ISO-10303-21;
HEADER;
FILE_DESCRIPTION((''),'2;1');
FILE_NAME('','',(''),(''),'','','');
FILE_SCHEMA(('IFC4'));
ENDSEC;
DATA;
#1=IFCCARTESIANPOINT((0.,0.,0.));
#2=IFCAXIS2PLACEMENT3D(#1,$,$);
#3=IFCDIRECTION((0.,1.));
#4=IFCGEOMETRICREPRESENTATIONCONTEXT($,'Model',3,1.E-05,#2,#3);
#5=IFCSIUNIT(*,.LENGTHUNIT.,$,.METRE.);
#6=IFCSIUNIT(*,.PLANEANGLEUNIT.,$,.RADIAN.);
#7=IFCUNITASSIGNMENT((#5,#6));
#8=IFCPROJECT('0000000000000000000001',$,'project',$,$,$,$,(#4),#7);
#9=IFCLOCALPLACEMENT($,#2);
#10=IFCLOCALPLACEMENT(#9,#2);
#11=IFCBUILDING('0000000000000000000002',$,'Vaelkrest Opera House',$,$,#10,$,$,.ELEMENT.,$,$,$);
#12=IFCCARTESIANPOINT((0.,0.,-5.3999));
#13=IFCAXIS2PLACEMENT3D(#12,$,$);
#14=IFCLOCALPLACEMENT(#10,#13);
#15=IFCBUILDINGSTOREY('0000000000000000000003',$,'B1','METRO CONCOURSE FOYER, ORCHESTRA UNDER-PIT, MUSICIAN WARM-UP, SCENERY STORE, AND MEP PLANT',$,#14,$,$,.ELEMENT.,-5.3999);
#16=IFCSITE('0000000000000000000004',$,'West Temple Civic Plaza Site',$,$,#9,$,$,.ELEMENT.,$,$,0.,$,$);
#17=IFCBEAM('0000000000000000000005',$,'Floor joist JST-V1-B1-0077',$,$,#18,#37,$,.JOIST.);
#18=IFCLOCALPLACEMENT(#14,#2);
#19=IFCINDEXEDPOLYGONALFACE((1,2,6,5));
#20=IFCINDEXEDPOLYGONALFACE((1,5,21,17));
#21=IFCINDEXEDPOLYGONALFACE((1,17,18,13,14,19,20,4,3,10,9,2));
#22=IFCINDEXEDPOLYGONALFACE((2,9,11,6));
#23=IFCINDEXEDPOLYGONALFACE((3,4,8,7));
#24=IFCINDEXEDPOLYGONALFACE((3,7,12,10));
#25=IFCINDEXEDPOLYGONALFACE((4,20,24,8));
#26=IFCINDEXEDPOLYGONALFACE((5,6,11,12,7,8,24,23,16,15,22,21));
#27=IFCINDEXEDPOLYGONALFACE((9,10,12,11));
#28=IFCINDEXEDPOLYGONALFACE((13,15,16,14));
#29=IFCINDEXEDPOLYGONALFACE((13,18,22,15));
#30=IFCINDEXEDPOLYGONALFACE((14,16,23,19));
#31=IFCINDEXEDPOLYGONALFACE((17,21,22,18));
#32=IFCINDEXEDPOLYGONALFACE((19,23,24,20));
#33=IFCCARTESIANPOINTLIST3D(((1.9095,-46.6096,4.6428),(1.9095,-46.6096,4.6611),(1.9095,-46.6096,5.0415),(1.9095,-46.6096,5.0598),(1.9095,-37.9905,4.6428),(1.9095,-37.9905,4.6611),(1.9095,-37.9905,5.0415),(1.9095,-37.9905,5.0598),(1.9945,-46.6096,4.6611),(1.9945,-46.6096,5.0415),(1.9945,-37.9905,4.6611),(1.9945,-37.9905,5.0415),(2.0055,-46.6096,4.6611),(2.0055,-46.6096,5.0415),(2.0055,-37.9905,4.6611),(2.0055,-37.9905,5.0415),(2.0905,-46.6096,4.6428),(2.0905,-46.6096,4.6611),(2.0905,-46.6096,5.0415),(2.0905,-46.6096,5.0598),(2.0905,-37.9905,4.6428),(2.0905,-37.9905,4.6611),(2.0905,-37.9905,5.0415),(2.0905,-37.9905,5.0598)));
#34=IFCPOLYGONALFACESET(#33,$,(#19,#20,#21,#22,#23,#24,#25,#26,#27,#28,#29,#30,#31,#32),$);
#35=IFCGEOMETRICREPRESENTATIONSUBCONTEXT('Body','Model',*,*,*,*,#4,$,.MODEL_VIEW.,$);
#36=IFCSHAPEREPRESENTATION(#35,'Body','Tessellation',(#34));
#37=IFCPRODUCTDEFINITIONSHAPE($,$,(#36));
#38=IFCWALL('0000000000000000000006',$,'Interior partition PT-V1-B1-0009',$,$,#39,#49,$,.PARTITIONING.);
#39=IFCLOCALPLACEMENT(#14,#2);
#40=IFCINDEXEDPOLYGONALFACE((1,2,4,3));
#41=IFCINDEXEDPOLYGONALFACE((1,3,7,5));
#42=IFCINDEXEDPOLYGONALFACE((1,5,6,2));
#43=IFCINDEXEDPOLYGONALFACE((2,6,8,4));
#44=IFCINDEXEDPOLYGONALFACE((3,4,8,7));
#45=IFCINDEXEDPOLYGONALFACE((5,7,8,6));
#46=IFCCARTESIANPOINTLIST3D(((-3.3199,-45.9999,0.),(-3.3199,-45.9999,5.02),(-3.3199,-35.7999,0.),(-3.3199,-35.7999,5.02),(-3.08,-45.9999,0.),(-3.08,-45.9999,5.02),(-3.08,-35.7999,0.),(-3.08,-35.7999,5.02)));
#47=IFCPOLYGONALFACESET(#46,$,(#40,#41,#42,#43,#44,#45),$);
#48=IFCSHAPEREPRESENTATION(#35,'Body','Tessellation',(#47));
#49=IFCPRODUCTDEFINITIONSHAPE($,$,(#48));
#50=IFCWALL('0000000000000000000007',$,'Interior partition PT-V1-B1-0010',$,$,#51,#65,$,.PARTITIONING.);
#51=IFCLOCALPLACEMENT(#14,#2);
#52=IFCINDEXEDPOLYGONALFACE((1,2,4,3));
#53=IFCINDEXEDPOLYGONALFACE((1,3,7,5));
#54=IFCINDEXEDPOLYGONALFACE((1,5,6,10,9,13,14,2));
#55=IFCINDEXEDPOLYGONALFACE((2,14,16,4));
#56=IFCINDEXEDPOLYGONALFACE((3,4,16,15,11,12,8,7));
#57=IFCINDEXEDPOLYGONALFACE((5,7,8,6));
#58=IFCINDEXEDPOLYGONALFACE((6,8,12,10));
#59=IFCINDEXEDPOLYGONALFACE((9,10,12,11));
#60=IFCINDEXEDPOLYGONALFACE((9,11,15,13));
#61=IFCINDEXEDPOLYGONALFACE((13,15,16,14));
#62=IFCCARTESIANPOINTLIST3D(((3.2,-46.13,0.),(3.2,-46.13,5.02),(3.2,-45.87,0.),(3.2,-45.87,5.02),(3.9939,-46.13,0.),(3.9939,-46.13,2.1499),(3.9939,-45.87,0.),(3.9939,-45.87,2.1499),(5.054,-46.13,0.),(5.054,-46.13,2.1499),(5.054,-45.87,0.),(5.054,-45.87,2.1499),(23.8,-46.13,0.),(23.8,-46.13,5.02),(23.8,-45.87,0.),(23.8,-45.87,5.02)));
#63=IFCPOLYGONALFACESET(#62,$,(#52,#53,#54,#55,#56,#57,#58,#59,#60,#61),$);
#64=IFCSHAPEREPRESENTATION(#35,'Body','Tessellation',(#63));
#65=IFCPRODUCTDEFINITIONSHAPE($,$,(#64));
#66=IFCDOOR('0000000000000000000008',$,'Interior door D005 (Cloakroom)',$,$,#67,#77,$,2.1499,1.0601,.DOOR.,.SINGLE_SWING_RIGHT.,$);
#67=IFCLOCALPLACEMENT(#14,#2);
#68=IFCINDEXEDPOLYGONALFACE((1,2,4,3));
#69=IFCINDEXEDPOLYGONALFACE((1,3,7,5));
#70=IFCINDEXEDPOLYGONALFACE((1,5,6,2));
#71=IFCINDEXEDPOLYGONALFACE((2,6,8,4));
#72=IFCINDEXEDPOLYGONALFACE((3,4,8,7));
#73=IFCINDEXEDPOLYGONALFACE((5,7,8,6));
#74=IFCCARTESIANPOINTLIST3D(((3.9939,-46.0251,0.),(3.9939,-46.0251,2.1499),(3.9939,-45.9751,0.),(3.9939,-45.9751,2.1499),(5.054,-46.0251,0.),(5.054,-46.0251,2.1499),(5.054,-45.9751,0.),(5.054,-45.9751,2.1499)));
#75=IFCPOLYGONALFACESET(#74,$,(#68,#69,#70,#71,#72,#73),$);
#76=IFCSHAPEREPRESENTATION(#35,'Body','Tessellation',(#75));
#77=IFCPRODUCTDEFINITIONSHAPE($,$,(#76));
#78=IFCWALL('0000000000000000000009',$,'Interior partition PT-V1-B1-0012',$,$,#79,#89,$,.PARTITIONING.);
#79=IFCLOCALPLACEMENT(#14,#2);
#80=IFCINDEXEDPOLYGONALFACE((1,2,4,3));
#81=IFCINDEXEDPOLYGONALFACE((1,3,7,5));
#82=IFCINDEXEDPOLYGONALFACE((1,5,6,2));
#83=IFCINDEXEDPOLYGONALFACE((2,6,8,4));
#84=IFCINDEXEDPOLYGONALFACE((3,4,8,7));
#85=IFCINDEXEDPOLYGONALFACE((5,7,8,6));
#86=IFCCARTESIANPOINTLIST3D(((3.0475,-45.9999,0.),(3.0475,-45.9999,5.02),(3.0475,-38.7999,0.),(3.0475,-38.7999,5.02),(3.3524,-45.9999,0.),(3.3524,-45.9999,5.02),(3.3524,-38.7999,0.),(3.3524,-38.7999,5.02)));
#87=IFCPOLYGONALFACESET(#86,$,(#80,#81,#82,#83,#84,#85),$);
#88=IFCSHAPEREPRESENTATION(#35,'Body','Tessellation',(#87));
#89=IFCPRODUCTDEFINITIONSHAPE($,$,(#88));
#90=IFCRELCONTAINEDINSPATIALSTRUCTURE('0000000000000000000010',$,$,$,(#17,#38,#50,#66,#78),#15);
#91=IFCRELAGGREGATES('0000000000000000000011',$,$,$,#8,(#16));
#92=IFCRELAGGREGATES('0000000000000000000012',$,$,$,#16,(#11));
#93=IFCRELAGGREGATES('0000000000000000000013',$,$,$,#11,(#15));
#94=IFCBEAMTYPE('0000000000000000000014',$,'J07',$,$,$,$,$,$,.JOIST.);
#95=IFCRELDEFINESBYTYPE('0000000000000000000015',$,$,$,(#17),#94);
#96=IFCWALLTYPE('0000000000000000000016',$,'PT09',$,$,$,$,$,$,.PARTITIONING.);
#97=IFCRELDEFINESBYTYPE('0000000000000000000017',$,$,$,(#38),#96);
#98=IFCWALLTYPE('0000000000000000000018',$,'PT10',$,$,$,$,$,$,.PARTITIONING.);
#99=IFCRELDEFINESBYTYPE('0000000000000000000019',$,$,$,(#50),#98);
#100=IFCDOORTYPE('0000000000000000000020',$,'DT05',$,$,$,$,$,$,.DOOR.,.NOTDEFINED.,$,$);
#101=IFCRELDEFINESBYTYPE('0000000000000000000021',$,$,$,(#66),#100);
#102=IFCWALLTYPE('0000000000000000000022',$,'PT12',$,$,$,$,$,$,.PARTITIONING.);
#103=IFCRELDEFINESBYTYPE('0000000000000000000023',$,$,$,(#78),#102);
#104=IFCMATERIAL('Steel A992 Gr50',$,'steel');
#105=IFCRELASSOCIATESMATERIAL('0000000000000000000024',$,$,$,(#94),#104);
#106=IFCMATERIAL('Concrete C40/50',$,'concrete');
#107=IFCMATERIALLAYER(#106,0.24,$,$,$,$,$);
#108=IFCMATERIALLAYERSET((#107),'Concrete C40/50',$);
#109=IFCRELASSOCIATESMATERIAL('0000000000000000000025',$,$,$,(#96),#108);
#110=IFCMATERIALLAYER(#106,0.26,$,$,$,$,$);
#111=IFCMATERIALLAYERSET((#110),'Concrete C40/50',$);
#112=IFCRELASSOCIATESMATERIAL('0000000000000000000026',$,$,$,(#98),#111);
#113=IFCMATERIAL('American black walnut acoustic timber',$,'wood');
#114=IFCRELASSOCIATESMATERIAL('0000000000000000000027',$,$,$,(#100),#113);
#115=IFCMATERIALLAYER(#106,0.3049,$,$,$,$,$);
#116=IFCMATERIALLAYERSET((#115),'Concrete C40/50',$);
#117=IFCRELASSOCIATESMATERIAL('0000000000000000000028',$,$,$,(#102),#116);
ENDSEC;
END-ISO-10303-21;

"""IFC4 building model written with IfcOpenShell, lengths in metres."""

from ifc_helpers import new_model, si_unit, direction, frame, frame_2d, origin, origin_2d, place, context, subcontext, project, spatial, rectangle, i_section, extrude, material, layer, layer_set, material_profile, profile_set, type_object, element, fill, save


model = new_model("IFC4")

# Units and contexts
model_context = context("Model", 3, precision=1e-05, world=origin(), true_north=direction((0.0, 1.0)))
body_context = subcontext(model_context, "Body", "Model", "MODEL_VIEW")
ifc_project = project(units=[si_unit("LENGTHUNIT", "METRE"), si_unit("PLANEANGLEUNIT", "RADIAN")], contexts=[model_context])

# Site, building, storey
site_placement = place(None, origin())
site = spatial("IfcSite", under=ifc_project, at=site_placement, Name="West Temple Civic Plaza Site", CompositionType="ELEMENT", RefElevation=0.0)
building_placement = place(site_placement, origin())
building = spatial("IfcBuilding", under=site, at=building_placement, Name="Vaelkrest Opera House", CompositionType="ELEMENT")
storey_placement = place(building_placement, frame((0.0, 0.0, -5.3999)))
storey = spatial("IfcBuildingStorey", under=building, at=storey_placement, Name="B1", Description="METRO CONCOURSE FOYER, ORCHESTRA UNDER-PIT, MUSICIAN WARM-UP, SCENERY STORE, AND MEP PLANT", CompositionType="ELEMENT", Elevation=-5.3999)

# Shared definitions
ifc_material_1 = material(Name="Concrete C40/50", Category="concrete")

# Beam
ifc_material_2 = material(Name="Steel A992 Gr50", Category="steel")
ifc_material_profile_1 = material_profile(ifc_material_2, i_section(OverallWidth=0.1809, OverallDepth=0.417, WebThickness=0.011, FlangeThickness=0.0183, at=origin_2d()), Name="W16X57")
ifc_profile_set_1 = profile_set([ifc_material_profile_1], Name="Steel A992 Gr50")
beam_type_1 = type_object("IfcBeamType", Name="J07", PredefinedType="JOIST", material=ifc_profile_set_1)
beam_1_placement = place(storey_placement, frame((2.0, -46.6096, 4.8513), z_axis=(0.0, 1.0, 0.0), x_axis=(-1.0, 0.0, 0.0)))
element("IfcBeam", 1, at=beam_1_placement, inside=storey, type_object=beam_type_1, Name="Floor joist JST-V1-B1-0077", PredefinedType="JOIST", context=body_context, shape_type="SweptSolid", body=[
    extrude(i_section(OverallWidth=0.1809, OverallDepth=0.417, WebThickness=0.011, FlangeThickness=0.0183, at=origin_2d()), origin(), (0.0, 0.0, 1.0), 8.6191),
])

# Wall
ifc_layer_1 = layer(ifc_material_1, 0.24)
ifc_layer_set_1 = layer_set([ifc_layer_1], Name="Concrete C40/50")
wall_type_1 = type_object("IfcWallType", Name="PT09", PredefinedType="PARTITIONING", material=ifc_layer_set_1)
wall_1_placement = place(storey_placement, frame((-3.2, -46.0, 0.0), z_axis=(0.0, 0.0, 1.0), x_axis=(0.0, 1.0, 0.0)))
element("IfcWall", 2, at=wall_1_placement, inside=storey, type_object=wall_type_1, Name="Interior partition PT-V1-B1-0009", PredefinedType="PARTITIONING", context=body_context, shape_type="SweptSolid", body=[
    extrude(rectangle(XDim=10.2, YDim=0.24, at=frame_2d((5.1001, 0.0))), origin(), (0.0, 0.0, 1.0), 5.02),
])

# Wall, opening, door
ifc_layer_2 = layer(ifc_material_1, 0.26)
ifc_layer_set_2 = layer_set([ifc_layer_2], Name="Concrete C40/50")
wall_type_2 = type_object("IfcWallType", Name="PT10", PredefinedType="PARTITIONING", material=ifc_layer_set_2)
wall_2_placement = place(storey_placement, frame((3.2, -46.0, 0.0), z_axis=(0.0, 0.0, 1.0), x_axis=(1.0, 0.0, 0.0)))
wall_2 = element("IfcWall", 3, at=wall_2_placement, inside=storey, type_object=wall_type_2, Name="Interior partition PT-V1-B1-0010", PredefinedType="PARTITIONING", context=body_context, shape_type="SweptSolid", body=[
    extrude(rectangle(XDim=20.6001, YDim=0.26, at=frame_2d((10.3, 0.0))), origin(), (0.0, 0.0, 1.0), 5.02),
])
opening_placement = place(wall_2_placement, frame((0.7939, 0.0, 0.0)))
opening = element("IfcOpeningElement", 4, at=opening_placement, cuts=wall_2, PredefinedType="OPENING", context=body_context, shape_type="SweptSolid", body=[
    extrude(rectangle(XDim=1.0601, YDim=2.1499, at=frame_2d((0.53, 1.075))), frame((0.0, 0.1399, 0.0), z_axis=(0.0, -1.0, 0.0), x_axis=(1.0, 0.0, 0.0)), (0.0, 0.0, 1.0), 0.28),
])
ifc_material_3 = material(Name="American black walnut acoustic timber", Category="wood")
door_type = type_object("IfcDoorType", Name="DT05", OperationType="NOTDEFINED", PredefinedType="DOOR", material=ifc_material_3)
door_placement = place(opening_placement, origin())
door = element("IfcDoor", 5, at=door_placement, inside=storey, type_object=door_type, Name="Interior door D005 (Cloakroom)", OperationType="SINGLE_SWING_RIGHT", OverallHeight=2.1499, OverallWidth=1.0601, PredefinedType="DOOR", context=body_context, shape_type="SweptSolid", body=[
    extrude(rectangle(XDim=1.0601, YDim=2.1499, at=frame_2d((0.53, 1.075))), frame((0.0, 0.0249, 0.0), z_axis=(0.0, -1.0, 0.0), x_axis=(1.0, 0.0, 0.0)), (0.0, 0.0, 1.0), 0.05),
])
fill(opening, door)

# Wall
ifc_layer_3 = layer(ifc_material_1, 0.3049)
ifc_layer_set_3 = layer_set([ifc_layer_3], Name="Concrete C40/50")
wall_type_3 = type_object("IfcWallType", Name="PT12", PredefinedType="PARTITIONING", material=ifc_layer_set_3)
wall_3_placement = place(storey_placement, frame((3.2, -46.0, 0.0), z_axis=(0.0, 0.0, 1.0), x_axis=(0.0, 1.0, 0.0)))
element("IfcWall", 6, at=wall_3_placement, inside=storey, type_object=wall_type_3, Name="Interior partition PT-V1-B1-0012", PredefinedType="PARTITIONING", context=body_context, shape_type="SweptSolid", body=[
    extrude(rectangle(XDim=7.2, YDim=0.3049, at=frame_2d((3.6001, 0.0))), origin(), (0.0, 0.0, 1.0), 5.02),
])

save(model, "model.ifc")
